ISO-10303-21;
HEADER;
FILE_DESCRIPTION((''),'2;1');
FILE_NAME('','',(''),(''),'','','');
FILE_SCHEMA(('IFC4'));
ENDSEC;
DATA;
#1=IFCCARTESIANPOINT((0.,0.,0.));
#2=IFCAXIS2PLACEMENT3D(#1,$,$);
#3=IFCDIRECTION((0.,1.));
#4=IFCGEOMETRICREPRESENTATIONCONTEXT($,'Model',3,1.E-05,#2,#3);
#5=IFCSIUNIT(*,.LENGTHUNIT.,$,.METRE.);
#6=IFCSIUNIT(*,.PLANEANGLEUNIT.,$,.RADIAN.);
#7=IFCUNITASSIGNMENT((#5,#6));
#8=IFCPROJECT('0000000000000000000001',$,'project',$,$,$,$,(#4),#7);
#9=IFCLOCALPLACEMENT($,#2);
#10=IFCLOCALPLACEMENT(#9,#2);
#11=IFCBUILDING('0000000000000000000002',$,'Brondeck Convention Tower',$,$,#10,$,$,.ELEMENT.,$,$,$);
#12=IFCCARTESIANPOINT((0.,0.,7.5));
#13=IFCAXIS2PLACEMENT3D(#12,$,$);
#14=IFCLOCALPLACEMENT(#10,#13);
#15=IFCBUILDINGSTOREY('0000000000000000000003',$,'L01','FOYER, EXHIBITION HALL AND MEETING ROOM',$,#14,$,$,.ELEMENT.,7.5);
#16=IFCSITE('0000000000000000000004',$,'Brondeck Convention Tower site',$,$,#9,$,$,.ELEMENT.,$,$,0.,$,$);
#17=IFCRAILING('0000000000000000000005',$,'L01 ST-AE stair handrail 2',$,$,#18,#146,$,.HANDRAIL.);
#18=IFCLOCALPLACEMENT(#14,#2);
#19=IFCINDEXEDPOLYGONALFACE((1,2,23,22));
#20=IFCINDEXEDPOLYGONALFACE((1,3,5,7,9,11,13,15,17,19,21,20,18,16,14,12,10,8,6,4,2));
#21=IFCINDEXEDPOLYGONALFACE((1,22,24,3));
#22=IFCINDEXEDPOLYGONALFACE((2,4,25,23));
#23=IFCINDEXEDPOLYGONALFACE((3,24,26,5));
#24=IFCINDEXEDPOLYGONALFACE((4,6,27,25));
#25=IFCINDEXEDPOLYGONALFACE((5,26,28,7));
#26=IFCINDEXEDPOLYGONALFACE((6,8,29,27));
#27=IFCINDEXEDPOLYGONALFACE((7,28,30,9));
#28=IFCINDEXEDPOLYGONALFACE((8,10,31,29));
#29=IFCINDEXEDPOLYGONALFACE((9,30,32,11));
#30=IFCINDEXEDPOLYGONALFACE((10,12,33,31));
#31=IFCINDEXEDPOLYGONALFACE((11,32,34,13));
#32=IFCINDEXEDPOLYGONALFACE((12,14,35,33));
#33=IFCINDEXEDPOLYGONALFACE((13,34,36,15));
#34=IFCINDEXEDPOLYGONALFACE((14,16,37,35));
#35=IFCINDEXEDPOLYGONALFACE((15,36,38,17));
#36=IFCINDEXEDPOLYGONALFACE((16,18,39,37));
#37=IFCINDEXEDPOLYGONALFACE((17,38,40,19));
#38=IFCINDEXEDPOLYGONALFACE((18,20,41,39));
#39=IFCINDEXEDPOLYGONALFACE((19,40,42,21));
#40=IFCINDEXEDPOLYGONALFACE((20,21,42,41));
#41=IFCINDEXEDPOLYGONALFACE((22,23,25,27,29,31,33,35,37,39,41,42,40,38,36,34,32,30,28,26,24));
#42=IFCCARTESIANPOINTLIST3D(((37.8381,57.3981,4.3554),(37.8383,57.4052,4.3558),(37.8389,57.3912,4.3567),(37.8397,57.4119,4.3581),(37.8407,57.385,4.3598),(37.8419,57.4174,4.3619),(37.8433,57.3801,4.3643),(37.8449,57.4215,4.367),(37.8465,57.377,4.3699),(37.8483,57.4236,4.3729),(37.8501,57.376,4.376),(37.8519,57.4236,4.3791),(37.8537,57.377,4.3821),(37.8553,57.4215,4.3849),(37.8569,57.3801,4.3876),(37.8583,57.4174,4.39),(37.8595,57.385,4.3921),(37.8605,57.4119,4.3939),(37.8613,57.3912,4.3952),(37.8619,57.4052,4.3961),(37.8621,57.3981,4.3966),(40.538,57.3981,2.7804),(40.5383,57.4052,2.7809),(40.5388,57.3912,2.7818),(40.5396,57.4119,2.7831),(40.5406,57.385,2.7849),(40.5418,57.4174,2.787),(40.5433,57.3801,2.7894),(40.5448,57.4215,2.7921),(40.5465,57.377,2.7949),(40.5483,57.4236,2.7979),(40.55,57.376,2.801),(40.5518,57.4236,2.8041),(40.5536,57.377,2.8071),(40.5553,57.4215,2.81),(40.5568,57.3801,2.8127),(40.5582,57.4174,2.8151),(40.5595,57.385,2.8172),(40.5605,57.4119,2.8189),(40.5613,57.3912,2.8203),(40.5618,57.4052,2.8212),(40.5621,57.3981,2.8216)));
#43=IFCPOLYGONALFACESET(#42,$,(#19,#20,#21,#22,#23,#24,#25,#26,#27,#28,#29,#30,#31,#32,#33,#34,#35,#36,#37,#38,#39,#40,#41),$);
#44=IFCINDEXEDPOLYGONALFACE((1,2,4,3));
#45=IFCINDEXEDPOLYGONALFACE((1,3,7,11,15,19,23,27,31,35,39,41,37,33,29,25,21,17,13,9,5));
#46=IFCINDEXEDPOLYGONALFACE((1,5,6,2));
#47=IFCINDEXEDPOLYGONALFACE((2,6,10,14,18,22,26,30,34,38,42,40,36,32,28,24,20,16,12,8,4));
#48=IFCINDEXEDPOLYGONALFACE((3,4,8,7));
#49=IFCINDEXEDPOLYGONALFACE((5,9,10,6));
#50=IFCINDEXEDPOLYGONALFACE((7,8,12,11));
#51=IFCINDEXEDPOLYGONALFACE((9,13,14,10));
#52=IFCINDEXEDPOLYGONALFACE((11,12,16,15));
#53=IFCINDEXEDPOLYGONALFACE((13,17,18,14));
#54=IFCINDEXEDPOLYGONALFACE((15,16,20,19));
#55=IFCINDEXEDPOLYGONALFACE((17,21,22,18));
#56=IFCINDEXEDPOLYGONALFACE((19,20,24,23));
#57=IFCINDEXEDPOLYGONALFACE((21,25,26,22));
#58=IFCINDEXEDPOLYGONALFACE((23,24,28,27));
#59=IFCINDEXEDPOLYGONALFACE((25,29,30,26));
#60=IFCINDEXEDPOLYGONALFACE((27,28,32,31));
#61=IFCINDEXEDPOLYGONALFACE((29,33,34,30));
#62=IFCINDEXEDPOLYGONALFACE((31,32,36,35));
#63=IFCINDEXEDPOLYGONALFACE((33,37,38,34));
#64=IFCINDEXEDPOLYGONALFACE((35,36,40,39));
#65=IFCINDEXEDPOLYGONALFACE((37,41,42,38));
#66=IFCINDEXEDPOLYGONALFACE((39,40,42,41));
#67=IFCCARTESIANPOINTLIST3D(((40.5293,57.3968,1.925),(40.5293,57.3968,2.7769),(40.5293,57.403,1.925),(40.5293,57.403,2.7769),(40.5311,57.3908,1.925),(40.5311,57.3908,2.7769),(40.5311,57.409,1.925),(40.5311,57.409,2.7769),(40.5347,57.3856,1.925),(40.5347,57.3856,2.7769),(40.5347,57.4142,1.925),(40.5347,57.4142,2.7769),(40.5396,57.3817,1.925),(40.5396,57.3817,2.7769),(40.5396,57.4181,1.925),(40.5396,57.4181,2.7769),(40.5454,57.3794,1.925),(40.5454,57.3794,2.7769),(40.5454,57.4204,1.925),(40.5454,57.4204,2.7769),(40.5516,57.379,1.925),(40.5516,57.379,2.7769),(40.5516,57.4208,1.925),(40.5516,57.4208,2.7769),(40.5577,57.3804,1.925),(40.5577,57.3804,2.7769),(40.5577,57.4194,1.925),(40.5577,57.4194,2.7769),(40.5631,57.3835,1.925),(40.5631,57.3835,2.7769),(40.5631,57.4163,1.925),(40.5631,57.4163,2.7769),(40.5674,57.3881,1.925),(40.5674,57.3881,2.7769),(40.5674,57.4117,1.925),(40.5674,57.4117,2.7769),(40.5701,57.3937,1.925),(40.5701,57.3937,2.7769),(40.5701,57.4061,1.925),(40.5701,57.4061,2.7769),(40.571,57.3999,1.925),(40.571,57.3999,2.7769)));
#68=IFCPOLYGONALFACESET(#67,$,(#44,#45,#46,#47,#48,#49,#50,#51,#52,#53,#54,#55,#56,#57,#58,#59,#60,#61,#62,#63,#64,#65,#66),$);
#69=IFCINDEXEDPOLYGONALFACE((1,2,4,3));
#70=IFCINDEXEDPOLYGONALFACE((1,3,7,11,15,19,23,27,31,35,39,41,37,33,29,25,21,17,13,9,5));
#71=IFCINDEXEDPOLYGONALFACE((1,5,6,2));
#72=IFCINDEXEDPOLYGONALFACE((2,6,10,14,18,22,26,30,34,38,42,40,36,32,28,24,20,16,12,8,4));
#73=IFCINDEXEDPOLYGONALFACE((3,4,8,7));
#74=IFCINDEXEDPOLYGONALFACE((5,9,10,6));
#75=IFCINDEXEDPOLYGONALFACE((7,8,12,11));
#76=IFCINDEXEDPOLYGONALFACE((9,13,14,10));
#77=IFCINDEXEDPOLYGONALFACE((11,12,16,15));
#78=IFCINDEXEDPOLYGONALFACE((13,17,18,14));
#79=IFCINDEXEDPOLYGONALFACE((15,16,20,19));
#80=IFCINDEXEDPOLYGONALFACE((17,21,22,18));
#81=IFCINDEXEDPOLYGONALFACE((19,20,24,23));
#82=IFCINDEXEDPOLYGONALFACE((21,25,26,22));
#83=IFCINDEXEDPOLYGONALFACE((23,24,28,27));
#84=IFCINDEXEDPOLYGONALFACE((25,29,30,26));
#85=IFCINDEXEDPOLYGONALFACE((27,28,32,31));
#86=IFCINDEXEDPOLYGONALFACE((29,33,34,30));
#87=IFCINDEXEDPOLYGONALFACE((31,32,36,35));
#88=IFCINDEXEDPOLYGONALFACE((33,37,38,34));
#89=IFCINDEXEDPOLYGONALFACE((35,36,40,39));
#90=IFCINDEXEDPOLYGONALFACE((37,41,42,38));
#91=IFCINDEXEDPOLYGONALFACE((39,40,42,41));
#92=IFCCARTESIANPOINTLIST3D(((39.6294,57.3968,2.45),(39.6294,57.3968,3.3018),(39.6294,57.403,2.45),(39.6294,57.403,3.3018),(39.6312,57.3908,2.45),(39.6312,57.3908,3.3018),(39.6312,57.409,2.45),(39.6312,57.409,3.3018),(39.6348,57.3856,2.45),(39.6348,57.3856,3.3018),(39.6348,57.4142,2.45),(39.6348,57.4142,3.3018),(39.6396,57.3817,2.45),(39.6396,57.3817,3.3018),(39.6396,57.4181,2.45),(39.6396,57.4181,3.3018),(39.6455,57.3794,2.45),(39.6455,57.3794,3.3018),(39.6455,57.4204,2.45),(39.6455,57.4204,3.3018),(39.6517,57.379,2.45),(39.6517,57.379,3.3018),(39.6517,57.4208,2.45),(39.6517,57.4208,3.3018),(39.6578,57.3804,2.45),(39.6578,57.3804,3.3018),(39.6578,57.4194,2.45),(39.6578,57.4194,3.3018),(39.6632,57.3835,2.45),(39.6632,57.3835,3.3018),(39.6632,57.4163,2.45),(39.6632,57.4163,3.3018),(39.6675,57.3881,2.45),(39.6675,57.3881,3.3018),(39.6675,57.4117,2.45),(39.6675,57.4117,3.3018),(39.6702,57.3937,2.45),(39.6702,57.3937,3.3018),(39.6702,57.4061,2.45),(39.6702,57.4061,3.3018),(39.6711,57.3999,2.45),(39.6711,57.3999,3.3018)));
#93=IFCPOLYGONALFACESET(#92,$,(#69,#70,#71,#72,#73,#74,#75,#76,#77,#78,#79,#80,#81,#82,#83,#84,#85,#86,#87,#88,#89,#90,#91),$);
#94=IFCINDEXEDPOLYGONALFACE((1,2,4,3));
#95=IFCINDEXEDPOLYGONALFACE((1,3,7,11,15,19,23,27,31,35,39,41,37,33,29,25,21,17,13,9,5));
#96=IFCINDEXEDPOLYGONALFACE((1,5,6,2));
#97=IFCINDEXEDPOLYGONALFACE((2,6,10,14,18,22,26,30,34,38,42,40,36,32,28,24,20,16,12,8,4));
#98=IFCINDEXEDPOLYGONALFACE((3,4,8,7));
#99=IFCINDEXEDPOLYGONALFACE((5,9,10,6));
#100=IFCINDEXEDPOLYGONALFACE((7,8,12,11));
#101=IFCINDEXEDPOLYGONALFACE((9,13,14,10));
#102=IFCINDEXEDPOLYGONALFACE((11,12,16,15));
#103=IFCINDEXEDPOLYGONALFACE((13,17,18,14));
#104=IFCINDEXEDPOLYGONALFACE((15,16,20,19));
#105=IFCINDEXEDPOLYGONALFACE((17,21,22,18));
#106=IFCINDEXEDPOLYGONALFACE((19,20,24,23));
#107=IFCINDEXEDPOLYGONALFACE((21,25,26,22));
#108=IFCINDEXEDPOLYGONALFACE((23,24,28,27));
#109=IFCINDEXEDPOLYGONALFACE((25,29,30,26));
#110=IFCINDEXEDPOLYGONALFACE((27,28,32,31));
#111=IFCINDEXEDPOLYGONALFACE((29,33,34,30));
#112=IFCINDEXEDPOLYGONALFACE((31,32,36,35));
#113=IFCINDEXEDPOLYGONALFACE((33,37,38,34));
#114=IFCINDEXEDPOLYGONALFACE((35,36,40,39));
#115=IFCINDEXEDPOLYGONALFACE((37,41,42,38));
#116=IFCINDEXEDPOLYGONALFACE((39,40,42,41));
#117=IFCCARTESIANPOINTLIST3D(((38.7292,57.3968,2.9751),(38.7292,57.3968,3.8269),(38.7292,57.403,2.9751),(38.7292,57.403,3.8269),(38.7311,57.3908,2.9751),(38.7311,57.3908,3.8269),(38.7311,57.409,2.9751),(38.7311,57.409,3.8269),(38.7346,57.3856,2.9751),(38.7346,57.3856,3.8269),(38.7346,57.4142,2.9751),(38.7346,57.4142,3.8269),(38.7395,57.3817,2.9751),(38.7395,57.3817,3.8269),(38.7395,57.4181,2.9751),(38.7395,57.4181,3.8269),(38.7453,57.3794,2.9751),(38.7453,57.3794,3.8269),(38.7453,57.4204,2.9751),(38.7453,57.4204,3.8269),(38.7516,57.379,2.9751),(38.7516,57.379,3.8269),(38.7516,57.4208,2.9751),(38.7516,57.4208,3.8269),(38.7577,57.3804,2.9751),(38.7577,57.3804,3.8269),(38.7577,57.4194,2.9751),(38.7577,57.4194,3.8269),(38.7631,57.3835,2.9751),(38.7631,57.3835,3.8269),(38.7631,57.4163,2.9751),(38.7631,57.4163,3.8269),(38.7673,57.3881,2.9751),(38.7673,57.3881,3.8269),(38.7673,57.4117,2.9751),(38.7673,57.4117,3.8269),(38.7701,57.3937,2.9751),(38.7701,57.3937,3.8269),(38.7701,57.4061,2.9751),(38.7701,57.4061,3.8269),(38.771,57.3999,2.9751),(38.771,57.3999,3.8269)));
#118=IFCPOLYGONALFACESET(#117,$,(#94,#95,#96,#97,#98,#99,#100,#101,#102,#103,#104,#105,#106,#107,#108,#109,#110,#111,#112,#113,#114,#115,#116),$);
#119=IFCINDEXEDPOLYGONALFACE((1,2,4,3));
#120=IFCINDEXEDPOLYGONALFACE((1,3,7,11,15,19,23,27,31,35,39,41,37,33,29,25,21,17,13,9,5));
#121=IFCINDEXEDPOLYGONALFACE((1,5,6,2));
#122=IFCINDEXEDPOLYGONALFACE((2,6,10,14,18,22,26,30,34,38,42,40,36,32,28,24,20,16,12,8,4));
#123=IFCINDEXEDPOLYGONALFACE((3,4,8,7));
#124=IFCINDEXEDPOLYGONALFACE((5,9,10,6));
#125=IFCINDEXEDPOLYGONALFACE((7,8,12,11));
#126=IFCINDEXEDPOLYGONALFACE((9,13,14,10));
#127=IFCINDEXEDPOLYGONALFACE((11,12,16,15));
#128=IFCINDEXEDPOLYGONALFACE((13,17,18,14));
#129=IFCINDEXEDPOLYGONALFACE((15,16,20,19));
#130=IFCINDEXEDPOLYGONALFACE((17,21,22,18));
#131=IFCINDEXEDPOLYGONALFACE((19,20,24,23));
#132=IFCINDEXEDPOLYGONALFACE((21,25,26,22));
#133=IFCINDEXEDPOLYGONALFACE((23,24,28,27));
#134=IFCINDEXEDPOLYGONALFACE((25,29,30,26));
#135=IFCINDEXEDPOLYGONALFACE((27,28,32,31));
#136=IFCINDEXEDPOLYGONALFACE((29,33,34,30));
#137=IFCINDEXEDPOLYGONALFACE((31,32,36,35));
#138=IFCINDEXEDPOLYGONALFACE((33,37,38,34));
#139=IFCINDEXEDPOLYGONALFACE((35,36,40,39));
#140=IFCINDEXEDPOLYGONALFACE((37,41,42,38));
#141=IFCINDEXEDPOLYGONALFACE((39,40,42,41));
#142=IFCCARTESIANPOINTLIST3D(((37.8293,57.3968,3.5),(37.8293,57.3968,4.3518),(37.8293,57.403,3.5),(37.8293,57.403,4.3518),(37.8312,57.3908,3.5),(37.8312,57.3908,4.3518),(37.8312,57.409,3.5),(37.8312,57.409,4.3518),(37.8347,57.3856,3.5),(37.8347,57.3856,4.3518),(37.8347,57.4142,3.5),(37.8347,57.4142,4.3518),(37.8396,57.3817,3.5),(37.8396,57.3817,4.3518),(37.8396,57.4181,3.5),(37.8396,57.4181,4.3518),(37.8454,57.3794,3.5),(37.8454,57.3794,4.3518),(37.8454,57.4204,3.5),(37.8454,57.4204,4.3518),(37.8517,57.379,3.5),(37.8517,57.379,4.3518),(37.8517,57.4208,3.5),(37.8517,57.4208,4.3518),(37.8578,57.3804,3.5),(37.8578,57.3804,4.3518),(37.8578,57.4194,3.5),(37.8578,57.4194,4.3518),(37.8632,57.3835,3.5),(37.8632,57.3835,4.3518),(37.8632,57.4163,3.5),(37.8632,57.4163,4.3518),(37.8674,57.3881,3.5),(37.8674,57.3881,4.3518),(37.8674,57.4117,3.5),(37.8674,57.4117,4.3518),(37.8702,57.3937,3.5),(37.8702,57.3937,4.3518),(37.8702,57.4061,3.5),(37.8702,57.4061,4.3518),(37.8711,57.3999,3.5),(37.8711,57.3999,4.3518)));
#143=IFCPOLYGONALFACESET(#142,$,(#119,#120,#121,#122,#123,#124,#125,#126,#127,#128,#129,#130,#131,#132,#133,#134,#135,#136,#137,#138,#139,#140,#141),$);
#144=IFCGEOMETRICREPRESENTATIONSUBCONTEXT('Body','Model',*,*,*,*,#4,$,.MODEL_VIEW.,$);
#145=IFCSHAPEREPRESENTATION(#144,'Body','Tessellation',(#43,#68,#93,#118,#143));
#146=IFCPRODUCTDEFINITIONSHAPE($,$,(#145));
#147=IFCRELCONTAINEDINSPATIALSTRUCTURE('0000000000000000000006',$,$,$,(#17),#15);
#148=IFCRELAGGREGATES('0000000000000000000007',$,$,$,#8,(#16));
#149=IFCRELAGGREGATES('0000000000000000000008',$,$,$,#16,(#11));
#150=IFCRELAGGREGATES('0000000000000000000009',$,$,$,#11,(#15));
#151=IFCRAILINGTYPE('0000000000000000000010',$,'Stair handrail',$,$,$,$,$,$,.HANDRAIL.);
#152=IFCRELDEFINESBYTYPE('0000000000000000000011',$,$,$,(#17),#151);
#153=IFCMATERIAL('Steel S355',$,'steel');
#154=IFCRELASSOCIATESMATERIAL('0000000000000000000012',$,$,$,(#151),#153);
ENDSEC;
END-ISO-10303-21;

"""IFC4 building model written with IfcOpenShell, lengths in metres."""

from ifc_helpers import new_model, si_unit, direction, frame, origin, origin_2d, place, context, subcontext, project, spatial, circle, extrude, material, type_object, element, save


model = new_model("IFC4")

# Units and contexts
model_context = context("Model", 3, precision=1e-05, world=origin(), true_north=direction((0.0, 1.0)))
body_context = subcontext(model_context, "Body", "Model", "MODEL_VIEW")
ifc_project = project(units=[si_unit("LENGTHUNIT", "METRE"), si_unit("PLANEANGLEUNIT", "RADIAN")], contexts=[model_context])

# Site, building, storey
site_placement = place(None, origin())
site = spatial("IfcSite", under=ifc_project, at=site_placement, Name="Brondeck Convention Tower site", CompositionType="ELEMENT", RefElevation=0.0)
building_placement = place(site_placement, origin())
building = spatial("IfcBuilding", under=site, at=building_placement, Name="Brondeck Convention Tower", CompositionType="ELEMENT")
storey_placement = place(building_placement, frame((0.0, 0.0, 7.5)))
storey = spatial("IfcBuildingStorey", under=building, at=storey_placement, Name="L01", Description="FOYER, EXHIBITION HALL AND MEETING ROOM", CompositionType="ELEMENT", Elevation=7.5)

# Shared definitions
ifc_material_1 = material(Name="Steel S355", Category="steel")

# Railing
railing_type_1 = type_object("IfcRailingType", Name="Stair handrail", PredefinedType="HANDRAIL", material=ifc_material_1)
railing_1_placement = place(storey_placement, frame((40.55, 57.3999, 1.925)))
element("IfcRailing", 1, at=railing_1_placement, inside=storey, type_object=railing_type_1, Name="L01 ST-AE stair handrail 2", PredefinedType="HANDRAIL", context=body_context, shape_type="SweptSolid", body=[
    extrude(circle(Radius=0.0239, at=origin_2d()), frame((0.0, 0.0, 0.876), z_axis=(-0.863782, 0.0, 0.503866), x_axis=(0.0, -1.0, 0.0)), (0.0, 0.0, 1.0), 3.1257),
    extrude(circle(Radius=0.021, at=origin_2d()), origin(), (0.0, 0.0, 1.0), 0.8518),
    extrude(circle(Radius=0.021, at=origin_2d()), frame((-0.8999, 0.0, 0.5249)), (0.0, 0.0, 1.0), 0.8518),
    extrude(circle(Radius=0.021, at=origin_2d()), frame((-1.8, 0.0, 1.05)), (0.0, 0.0, 1.0), 0.8518),
    extrude(circle(Radius=0.021, at=origin_2d()), frame((-2.7, 0.0, 1.575)), (0.0, 0.0, 1.0), 0.8518),
])

save(model, "model.ifc")
